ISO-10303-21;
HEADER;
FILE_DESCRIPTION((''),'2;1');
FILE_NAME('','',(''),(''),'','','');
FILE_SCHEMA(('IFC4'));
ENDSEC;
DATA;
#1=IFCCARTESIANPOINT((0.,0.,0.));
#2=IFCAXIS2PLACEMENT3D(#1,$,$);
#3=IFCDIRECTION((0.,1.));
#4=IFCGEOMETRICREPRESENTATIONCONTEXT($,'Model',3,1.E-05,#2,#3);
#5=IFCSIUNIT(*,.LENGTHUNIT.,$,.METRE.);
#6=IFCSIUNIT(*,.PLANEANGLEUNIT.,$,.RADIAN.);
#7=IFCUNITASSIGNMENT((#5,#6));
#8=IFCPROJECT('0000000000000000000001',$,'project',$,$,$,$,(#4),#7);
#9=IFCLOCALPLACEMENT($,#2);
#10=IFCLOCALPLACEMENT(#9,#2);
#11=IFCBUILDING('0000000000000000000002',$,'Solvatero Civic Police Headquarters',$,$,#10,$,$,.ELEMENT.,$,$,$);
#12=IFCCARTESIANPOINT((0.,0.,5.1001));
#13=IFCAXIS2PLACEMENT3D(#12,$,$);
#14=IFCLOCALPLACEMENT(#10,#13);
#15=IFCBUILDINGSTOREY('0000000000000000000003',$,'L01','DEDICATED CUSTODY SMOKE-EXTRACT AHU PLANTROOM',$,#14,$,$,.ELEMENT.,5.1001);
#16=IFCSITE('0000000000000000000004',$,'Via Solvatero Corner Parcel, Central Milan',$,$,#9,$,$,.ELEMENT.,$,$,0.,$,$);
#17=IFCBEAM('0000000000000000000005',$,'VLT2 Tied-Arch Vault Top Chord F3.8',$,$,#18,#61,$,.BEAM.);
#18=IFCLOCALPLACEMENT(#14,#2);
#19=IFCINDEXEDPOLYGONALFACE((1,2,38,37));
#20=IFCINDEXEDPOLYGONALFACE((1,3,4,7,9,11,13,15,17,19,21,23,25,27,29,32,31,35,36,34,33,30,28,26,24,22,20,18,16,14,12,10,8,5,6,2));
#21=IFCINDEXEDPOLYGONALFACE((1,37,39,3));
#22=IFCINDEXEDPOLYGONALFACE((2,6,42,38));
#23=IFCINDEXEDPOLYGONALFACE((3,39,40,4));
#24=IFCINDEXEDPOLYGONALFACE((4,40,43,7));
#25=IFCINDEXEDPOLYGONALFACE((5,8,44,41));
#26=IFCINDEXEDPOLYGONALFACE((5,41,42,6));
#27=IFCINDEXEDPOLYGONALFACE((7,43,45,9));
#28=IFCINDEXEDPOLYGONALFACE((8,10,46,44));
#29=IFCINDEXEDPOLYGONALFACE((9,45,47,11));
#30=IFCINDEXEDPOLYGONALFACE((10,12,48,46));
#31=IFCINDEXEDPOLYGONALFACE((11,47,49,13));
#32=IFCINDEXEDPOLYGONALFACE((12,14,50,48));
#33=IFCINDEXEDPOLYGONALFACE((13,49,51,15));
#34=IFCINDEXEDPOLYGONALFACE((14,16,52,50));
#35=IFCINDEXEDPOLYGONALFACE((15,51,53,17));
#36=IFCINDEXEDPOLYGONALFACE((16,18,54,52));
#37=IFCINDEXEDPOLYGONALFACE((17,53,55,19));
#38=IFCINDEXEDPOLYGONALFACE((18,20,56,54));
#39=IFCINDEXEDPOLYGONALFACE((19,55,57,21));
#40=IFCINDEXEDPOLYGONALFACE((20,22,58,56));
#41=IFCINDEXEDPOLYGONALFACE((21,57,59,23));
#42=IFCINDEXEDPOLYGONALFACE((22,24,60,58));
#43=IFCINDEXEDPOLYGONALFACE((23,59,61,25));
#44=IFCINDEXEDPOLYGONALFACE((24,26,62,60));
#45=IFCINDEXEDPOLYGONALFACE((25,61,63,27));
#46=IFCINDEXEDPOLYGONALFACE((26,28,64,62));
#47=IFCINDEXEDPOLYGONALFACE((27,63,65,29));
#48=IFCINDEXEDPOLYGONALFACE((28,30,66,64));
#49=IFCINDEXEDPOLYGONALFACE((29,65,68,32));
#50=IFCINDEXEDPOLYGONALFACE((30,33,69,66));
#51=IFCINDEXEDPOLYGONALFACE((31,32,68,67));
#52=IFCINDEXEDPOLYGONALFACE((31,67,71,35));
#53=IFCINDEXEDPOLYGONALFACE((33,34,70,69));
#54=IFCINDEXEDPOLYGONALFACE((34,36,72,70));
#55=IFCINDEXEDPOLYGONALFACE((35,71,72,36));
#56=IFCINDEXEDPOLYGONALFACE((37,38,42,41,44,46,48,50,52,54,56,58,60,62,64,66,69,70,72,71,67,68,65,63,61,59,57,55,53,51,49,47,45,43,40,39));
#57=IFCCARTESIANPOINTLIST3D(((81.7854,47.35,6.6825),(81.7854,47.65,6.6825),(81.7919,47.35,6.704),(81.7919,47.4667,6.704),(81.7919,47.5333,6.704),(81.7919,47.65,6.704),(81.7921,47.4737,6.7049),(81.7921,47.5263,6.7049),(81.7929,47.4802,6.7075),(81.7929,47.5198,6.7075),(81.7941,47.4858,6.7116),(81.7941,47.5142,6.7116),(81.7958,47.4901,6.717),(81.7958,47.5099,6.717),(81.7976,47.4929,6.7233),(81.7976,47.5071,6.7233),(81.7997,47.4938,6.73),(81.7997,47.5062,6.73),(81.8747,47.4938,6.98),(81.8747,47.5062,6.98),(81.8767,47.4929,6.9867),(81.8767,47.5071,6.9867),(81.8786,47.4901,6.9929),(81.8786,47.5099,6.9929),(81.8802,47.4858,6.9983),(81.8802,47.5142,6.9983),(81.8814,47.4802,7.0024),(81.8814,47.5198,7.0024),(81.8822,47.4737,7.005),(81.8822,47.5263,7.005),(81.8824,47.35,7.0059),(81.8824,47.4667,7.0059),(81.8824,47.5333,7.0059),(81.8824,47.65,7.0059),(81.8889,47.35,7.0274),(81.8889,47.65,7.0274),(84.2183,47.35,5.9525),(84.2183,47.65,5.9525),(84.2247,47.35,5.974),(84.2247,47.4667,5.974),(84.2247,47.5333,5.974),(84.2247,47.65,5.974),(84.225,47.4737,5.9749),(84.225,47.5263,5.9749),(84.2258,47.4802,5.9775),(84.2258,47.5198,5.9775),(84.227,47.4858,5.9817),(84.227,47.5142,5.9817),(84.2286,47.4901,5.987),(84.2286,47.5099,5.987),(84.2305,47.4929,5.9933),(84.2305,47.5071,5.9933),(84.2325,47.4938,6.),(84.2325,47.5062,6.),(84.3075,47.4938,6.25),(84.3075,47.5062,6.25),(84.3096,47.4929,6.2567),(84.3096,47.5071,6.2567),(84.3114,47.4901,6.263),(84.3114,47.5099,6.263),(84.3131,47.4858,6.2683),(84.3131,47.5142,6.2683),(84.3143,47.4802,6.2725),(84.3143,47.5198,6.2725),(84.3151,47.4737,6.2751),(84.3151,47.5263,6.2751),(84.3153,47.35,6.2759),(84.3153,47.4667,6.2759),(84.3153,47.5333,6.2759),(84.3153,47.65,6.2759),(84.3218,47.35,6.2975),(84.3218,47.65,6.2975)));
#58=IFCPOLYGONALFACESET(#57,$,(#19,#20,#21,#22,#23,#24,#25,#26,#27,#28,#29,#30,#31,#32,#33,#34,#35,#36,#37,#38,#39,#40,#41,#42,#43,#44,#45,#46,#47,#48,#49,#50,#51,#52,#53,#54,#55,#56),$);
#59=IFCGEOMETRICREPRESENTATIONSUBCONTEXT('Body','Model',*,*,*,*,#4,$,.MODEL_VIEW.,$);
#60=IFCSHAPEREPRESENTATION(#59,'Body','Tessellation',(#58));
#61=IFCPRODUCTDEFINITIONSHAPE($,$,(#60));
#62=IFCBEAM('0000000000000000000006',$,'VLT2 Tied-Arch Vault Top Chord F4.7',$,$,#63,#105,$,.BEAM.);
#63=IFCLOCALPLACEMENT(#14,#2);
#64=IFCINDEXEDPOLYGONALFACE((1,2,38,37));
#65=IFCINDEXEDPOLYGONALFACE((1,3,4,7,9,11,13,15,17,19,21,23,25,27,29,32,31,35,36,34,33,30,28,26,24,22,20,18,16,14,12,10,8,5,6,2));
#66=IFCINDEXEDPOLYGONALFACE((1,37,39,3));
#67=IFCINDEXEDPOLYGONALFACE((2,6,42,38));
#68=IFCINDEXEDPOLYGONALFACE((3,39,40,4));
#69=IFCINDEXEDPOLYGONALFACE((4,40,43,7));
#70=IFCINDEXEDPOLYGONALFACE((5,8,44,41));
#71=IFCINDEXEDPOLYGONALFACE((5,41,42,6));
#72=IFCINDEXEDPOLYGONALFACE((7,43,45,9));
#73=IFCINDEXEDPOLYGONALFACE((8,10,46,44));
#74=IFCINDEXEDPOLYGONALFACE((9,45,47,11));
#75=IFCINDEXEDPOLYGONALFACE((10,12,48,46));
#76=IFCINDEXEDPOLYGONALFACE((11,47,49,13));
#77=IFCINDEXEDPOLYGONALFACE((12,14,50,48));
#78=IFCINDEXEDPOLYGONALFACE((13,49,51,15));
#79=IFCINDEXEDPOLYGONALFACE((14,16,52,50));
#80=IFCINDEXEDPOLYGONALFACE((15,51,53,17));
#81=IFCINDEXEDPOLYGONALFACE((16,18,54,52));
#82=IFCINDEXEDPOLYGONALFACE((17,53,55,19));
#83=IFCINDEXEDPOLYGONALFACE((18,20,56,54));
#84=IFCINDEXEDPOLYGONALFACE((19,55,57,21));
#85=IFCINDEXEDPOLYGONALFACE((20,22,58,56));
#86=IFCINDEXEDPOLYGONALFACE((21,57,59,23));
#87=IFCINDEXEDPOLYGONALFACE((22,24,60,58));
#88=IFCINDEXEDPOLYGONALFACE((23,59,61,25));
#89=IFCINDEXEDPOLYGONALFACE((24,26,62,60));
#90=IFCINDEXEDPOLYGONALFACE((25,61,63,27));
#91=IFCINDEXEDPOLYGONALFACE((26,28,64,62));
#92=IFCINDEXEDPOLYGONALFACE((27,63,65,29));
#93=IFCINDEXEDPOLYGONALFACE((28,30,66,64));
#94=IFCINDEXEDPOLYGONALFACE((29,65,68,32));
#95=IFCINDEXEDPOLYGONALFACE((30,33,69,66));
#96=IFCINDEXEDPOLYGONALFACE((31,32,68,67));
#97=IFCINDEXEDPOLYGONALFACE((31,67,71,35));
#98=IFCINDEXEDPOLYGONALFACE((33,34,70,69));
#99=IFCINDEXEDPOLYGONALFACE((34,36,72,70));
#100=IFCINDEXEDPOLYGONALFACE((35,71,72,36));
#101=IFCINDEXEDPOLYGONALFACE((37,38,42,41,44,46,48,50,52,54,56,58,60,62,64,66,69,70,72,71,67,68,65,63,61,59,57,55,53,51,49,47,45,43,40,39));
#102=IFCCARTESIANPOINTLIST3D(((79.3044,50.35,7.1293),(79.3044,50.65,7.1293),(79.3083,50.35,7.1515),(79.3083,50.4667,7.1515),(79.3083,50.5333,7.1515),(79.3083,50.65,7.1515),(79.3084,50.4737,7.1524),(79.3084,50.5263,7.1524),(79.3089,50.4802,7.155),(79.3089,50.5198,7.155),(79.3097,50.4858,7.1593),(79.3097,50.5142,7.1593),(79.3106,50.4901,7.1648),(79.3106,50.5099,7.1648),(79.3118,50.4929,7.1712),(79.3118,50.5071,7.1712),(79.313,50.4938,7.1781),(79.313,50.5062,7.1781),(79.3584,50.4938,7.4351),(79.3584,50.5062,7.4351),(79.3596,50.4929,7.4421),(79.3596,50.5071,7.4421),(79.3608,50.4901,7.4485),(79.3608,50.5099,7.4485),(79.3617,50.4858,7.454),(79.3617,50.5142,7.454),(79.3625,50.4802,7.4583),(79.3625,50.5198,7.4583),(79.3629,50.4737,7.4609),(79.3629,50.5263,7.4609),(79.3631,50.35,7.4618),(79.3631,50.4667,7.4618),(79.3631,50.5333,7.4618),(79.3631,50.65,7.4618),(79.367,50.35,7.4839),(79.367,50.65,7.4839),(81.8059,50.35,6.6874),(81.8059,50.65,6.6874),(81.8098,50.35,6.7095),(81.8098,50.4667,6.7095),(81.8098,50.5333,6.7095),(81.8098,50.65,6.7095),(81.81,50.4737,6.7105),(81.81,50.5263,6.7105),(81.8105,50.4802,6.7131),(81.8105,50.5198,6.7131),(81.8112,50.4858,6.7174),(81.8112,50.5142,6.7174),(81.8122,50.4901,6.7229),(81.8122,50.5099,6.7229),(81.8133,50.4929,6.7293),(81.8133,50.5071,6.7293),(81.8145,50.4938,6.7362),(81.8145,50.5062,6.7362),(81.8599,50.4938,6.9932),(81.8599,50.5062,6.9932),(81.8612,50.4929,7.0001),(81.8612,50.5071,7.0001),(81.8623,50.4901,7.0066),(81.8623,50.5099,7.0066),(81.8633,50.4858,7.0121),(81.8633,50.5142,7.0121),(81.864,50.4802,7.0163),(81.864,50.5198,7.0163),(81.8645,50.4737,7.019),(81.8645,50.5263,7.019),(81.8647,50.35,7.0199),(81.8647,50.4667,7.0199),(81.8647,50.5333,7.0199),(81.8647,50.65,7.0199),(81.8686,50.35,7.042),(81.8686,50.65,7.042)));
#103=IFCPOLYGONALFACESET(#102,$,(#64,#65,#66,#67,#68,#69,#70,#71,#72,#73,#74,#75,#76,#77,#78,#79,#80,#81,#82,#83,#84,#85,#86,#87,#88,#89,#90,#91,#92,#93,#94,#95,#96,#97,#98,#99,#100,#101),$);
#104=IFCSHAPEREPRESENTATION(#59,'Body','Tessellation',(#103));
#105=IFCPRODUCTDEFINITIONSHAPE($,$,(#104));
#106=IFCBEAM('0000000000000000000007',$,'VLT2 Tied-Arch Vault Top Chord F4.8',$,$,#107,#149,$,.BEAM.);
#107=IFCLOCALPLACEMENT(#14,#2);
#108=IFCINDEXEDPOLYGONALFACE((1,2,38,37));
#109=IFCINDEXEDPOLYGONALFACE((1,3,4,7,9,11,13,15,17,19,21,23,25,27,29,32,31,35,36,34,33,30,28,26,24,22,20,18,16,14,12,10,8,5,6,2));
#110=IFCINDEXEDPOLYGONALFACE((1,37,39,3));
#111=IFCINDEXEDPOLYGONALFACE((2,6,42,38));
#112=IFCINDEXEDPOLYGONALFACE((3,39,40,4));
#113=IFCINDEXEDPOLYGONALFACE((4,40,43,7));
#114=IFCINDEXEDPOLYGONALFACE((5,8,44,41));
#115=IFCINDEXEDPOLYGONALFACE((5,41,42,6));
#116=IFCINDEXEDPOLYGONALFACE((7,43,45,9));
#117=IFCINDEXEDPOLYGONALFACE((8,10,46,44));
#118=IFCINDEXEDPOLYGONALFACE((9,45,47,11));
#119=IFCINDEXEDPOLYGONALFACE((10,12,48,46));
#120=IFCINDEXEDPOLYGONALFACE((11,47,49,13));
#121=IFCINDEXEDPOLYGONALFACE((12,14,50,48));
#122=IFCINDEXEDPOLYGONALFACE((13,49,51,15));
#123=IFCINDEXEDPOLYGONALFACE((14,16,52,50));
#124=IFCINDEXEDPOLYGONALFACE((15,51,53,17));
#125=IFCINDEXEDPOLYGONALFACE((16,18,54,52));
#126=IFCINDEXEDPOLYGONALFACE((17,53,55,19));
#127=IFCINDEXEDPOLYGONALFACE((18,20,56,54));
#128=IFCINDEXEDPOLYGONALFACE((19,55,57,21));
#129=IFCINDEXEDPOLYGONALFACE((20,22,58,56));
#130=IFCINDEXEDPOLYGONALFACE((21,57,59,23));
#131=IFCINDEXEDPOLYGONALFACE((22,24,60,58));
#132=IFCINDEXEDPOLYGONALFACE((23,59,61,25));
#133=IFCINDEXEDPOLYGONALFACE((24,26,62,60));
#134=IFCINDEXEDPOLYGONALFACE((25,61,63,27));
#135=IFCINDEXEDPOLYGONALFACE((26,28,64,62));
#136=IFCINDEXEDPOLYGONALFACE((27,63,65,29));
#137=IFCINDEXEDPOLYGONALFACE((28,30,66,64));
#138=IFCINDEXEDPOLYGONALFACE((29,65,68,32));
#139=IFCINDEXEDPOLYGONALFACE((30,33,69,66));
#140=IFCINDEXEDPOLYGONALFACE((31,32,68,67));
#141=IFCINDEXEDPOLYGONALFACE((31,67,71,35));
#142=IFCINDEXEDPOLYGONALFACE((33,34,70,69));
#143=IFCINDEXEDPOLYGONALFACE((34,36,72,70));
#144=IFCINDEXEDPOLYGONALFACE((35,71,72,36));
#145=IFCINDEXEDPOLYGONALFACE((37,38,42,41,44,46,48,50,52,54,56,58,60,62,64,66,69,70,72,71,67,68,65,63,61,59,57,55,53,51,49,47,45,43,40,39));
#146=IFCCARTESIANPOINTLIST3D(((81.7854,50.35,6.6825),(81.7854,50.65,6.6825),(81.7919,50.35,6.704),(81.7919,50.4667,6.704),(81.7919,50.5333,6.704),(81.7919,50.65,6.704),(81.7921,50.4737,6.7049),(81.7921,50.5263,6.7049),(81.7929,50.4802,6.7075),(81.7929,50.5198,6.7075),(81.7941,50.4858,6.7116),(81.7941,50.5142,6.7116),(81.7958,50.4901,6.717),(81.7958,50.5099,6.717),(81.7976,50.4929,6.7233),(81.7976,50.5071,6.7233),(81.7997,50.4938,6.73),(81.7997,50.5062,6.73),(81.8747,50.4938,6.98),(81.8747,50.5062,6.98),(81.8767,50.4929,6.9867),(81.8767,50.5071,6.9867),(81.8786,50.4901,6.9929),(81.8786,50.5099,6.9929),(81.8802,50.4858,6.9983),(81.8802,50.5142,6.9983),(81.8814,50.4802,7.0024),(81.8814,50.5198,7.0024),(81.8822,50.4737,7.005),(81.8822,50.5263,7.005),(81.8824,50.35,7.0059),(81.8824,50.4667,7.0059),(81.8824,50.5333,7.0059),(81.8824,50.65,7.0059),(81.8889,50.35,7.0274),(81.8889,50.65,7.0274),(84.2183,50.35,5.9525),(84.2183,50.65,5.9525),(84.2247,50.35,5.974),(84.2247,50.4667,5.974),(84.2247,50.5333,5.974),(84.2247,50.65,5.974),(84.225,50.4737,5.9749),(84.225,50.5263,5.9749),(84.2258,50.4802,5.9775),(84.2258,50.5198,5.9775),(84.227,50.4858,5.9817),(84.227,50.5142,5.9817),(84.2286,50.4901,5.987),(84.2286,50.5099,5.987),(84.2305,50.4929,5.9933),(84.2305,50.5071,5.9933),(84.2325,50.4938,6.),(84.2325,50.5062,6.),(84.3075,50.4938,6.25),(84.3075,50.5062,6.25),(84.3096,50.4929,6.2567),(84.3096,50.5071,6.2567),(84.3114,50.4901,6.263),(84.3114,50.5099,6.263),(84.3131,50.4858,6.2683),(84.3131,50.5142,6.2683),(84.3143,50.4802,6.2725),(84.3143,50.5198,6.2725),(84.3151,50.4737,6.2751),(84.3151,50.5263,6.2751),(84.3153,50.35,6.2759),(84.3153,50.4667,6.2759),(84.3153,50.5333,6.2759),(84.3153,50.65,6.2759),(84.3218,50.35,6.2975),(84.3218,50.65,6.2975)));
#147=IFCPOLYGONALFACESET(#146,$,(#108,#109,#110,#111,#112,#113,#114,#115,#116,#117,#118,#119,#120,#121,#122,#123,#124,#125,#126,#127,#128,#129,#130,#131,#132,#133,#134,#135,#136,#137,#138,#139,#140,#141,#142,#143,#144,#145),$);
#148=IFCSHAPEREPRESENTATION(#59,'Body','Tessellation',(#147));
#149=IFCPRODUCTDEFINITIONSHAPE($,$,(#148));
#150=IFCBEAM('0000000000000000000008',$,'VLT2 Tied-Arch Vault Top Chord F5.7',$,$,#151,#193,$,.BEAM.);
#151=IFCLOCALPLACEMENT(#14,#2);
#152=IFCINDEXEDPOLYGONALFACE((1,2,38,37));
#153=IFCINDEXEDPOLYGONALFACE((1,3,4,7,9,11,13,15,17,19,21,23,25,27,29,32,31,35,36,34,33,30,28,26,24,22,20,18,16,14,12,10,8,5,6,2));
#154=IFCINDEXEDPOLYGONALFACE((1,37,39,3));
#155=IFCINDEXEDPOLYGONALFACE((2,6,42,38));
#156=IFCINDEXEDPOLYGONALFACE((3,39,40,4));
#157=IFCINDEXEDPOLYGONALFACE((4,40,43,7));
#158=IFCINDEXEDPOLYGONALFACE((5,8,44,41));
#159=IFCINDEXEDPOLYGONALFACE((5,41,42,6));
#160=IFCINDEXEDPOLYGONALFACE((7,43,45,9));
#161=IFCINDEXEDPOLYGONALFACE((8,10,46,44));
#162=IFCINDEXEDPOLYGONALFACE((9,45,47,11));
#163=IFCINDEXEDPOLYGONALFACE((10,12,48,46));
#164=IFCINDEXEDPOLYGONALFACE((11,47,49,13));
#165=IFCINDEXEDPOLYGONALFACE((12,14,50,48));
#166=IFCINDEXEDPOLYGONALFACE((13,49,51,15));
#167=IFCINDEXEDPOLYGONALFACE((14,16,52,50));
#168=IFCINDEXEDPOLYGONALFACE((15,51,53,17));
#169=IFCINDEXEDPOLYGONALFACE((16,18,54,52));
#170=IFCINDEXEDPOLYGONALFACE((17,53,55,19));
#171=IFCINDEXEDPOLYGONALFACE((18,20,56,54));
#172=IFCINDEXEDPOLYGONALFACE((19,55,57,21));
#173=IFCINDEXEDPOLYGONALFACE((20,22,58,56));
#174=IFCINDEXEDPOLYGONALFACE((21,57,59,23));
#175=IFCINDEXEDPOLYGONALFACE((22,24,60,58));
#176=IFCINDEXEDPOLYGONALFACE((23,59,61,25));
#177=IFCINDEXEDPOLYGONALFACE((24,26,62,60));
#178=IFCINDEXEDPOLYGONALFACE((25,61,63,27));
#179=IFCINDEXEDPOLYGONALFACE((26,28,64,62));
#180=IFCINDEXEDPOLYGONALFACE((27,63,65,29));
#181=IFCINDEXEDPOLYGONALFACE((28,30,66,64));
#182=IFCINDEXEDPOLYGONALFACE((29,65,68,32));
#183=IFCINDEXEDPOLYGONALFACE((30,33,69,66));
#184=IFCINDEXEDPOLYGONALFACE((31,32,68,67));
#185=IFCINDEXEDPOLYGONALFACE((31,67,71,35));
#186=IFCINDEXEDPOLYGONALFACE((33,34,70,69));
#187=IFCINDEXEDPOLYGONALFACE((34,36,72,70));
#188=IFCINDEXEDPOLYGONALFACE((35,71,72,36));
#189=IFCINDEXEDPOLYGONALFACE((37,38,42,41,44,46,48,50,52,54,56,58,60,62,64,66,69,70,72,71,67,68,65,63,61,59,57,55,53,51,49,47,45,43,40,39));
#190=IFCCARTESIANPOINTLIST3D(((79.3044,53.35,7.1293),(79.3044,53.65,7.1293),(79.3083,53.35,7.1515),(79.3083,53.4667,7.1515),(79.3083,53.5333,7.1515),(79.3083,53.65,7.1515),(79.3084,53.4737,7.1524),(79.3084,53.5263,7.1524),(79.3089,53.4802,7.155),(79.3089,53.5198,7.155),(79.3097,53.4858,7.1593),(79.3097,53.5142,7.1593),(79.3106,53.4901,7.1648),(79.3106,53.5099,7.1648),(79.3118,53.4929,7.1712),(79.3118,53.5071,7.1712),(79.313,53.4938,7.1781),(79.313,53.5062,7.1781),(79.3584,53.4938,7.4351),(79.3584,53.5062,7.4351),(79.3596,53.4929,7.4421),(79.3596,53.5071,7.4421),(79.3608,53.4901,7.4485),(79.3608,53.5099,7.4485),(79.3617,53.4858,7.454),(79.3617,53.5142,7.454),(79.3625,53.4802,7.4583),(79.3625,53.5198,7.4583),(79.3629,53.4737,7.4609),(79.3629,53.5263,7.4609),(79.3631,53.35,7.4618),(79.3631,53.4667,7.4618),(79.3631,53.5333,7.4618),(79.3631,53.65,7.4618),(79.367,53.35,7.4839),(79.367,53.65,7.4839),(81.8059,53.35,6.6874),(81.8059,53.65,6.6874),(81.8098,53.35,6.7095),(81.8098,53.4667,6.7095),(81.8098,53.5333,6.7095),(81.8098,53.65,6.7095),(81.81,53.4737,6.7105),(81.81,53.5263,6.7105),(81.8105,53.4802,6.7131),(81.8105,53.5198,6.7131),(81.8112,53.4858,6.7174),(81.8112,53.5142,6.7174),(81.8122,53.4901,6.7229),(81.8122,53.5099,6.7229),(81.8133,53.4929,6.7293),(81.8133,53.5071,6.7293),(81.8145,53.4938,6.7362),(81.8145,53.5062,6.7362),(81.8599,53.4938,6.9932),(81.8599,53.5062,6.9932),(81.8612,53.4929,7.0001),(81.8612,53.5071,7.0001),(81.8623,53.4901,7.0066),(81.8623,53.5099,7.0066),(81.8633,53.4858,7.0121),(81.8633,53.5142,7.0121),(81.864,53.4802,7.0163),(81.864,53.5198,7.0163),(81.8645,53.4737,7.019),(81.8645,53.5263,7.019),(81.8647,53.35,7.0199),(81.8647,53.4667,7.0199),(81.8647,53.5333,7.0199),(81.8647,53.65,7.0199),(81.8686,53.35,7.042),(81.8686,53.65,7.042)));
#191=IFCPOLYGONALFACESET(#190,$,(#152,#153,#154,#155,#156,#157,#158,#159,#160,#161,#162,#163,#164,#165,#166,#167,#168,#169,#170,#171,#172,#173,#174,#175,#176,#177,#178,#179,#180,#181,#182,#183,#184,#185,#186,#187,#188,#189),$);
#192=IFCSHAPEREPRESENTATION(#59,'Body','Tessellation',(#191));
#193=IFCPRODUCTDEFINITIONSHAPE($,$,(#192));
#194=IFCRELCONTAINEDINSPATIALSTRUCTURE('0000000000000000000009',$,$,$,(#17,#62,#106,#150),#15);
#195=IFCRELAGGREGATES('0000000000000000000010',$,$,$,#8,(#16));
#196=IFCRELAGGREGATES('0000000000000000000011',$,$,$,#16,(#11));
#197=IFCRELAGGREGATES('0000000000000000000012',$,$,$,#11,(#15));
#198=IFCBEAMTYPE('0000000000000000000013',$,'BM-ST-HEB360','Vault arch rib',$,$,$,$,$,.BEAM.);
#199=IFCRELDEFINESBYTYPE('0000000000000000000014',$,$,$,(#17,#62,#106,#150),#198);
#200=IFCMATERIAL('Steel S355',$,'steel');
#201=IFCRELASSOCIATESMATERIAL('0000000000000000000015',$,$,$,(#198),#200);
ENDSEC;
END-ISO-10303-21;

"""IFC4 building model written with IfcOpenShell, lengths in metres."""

from ifc_helpers import new_model, si_unit, direction, frame, origin, origin_2d, place, context, subcontext, project, spatial, i_section, extrude, material, material_profile, profile_set, type_object, element, save


model = new_model("IFC4")

# Units and contexts
model_context = context("Model", 3, precision=1e-05, world=origin(), true_north=direction((0.0, 1.0)))
body_context = subcontext(model_context, "Body", "Model", "MODEL_VIEW")
ifc_project = project(units=[si_unit("LENGTHUNIT", "METRE"), si_unit("PLANEANGLEUNIT", "RADIAN")], contexts=[model_context])

# Site, building, storey
site_placement = place(None, origin())
site = spatial("IfcSite", under=ifc_project, at=site_placement, Name="Via Solvatero Corner Parcel, Central Milan", CompositionType="ELEMENT", RefElevation=0.0)
building_placement = place(site_placement, origin())
building = spatial("IfcBuilding", under=site, at=building_placement, Name="Solvatero Civic Police Headquarters", CompositionType="ELEMENT")
storey_placement = place(building_placement, frame((0.0, 0.0, 5.1001)))
storey = spatial("IfcBuildingStorey", under=building, at=storey_placement, Name="L01", Description="DEDICATED CUSTODY SMOKE-EXTRACT AHU PLANTROOM", CompositionType="ELEMENT", Elevation=5.1001)

# Beams
ifc_material = material(Name="Steel S355", Category="steel")
ifc_material_profile_1 = material_profile(ifc_material, i_section(OverallWidth=0.3, OverallDepth=0.3601, WebThickness=0.0125, FlangeThickness=0.0225, FilletRadius=0.0271, at=origin_2d()), Name="HEB 360")
ifc_profile_set_1 = profile_set([ifc_material_profile_1], Name="Steel S355")
beam_type_1 = type_object("IfcBeamType", Name="BM-ST-HEB360", Description="Vault arch rib", PredefinedType="BEAM", material=ifc_profile_set_1)
beam_1_placement = place(storey_placement, frame((81.8372, 47.5, 6.855), z_axis=(0.957813, 0.0, -0.287392), x_axis=(0.0, 1.0, 0.0)))
element("IfcBeam", 1, at=beam_1_placement, inside=storey, type_object=beam_type_1, Name="VLT2 Tied-Arch Vault Top Chord F3.8", PredefinedType="BEAM", context=body_context, shape_type="SweptSolid", body=[
    extrude(i_section(OverallWidth=0.3, OverallDepth=0.3601, WebThickness=0.0125, FlangeThickness=0.0225, FilletRadius=0.0271, at=origin_2d()), origin(), (0.0, 0.0, 1.0), 2.54),
])
beam_2_placement = place(storey_placement, frame((79.3357, 50.5, 7.3066), z_axis=(0.984753, 0.0, -0.173961), x_axis=(0.0, 1.0, 0.0)))
element("IfcBeam", 2, at=beam_2_placement, inside=storey, type_object=beam_type_1, Name="VLT2 Tied-Arch Vault Top Chord F4.7", PredefinedType="BEAM", context=body_context, shape_type="SweptSolid", body=[
    extrude(i_section(OverallWidth=0.3, OverallDepth=0.3601, WebThickness=0.0125, FlangeThickness=0.0225, FilletRadius=0.0271, at=origin_2d()), origin(), (0.0, 0.0, 1.0), 2.5403),
])
beam_3_placement = place(storey_placement, frame((81.8372, 50.5, 6.855), z_axis=(0.957813, 0.0, -0.287392), x_axis=(0.0, 1.0, 0.0)))
element("IfcBeam", 3, at=beam_3_placement, inside=storey, type_object=beam_type_1, Name="VLT2 Tied-Arch Vault Top Chord F4.8", PredefinedType="BEAM", context=body_context, shape_type="SweptSolid", body=[
    extrude(i_section(OverallWidth=0.3, OverallDepth=0.3601, WebThickness=0.0125, FlangeThickness=0.0225, FilletRadius=0.0271, at=origin_2d()), origin(), (0.0, 0.0, 1.0), 2.54),
])
beam_4_placement = place(storey_placement, frame((79.3357, 53.5, 7.3066), z_axis=(0.984753, 0.0, -0.173961), x_axis=(0.0, 1.0, 0.0)))
element("IfcBeam", 4, at=beam_4_placement, inside=storey, type_object=beam_type_1, Name="VLT2 Tied-Arch Vault Top Chord F5.7", PredefinedType="BEAM", context=body_context, shape_type="SweptSolid", body=[
    extrude(i_section(OverallWidth=0.3, OverallDepth=0.3601, WebThickness=0.0125, FlangeThickness=0.0225, FilletRadius=0.0271, at=origin_2d()), origin(), (0.0, 0.0, 1.0), 2.5403),
])

save(model, "model.ifc")
